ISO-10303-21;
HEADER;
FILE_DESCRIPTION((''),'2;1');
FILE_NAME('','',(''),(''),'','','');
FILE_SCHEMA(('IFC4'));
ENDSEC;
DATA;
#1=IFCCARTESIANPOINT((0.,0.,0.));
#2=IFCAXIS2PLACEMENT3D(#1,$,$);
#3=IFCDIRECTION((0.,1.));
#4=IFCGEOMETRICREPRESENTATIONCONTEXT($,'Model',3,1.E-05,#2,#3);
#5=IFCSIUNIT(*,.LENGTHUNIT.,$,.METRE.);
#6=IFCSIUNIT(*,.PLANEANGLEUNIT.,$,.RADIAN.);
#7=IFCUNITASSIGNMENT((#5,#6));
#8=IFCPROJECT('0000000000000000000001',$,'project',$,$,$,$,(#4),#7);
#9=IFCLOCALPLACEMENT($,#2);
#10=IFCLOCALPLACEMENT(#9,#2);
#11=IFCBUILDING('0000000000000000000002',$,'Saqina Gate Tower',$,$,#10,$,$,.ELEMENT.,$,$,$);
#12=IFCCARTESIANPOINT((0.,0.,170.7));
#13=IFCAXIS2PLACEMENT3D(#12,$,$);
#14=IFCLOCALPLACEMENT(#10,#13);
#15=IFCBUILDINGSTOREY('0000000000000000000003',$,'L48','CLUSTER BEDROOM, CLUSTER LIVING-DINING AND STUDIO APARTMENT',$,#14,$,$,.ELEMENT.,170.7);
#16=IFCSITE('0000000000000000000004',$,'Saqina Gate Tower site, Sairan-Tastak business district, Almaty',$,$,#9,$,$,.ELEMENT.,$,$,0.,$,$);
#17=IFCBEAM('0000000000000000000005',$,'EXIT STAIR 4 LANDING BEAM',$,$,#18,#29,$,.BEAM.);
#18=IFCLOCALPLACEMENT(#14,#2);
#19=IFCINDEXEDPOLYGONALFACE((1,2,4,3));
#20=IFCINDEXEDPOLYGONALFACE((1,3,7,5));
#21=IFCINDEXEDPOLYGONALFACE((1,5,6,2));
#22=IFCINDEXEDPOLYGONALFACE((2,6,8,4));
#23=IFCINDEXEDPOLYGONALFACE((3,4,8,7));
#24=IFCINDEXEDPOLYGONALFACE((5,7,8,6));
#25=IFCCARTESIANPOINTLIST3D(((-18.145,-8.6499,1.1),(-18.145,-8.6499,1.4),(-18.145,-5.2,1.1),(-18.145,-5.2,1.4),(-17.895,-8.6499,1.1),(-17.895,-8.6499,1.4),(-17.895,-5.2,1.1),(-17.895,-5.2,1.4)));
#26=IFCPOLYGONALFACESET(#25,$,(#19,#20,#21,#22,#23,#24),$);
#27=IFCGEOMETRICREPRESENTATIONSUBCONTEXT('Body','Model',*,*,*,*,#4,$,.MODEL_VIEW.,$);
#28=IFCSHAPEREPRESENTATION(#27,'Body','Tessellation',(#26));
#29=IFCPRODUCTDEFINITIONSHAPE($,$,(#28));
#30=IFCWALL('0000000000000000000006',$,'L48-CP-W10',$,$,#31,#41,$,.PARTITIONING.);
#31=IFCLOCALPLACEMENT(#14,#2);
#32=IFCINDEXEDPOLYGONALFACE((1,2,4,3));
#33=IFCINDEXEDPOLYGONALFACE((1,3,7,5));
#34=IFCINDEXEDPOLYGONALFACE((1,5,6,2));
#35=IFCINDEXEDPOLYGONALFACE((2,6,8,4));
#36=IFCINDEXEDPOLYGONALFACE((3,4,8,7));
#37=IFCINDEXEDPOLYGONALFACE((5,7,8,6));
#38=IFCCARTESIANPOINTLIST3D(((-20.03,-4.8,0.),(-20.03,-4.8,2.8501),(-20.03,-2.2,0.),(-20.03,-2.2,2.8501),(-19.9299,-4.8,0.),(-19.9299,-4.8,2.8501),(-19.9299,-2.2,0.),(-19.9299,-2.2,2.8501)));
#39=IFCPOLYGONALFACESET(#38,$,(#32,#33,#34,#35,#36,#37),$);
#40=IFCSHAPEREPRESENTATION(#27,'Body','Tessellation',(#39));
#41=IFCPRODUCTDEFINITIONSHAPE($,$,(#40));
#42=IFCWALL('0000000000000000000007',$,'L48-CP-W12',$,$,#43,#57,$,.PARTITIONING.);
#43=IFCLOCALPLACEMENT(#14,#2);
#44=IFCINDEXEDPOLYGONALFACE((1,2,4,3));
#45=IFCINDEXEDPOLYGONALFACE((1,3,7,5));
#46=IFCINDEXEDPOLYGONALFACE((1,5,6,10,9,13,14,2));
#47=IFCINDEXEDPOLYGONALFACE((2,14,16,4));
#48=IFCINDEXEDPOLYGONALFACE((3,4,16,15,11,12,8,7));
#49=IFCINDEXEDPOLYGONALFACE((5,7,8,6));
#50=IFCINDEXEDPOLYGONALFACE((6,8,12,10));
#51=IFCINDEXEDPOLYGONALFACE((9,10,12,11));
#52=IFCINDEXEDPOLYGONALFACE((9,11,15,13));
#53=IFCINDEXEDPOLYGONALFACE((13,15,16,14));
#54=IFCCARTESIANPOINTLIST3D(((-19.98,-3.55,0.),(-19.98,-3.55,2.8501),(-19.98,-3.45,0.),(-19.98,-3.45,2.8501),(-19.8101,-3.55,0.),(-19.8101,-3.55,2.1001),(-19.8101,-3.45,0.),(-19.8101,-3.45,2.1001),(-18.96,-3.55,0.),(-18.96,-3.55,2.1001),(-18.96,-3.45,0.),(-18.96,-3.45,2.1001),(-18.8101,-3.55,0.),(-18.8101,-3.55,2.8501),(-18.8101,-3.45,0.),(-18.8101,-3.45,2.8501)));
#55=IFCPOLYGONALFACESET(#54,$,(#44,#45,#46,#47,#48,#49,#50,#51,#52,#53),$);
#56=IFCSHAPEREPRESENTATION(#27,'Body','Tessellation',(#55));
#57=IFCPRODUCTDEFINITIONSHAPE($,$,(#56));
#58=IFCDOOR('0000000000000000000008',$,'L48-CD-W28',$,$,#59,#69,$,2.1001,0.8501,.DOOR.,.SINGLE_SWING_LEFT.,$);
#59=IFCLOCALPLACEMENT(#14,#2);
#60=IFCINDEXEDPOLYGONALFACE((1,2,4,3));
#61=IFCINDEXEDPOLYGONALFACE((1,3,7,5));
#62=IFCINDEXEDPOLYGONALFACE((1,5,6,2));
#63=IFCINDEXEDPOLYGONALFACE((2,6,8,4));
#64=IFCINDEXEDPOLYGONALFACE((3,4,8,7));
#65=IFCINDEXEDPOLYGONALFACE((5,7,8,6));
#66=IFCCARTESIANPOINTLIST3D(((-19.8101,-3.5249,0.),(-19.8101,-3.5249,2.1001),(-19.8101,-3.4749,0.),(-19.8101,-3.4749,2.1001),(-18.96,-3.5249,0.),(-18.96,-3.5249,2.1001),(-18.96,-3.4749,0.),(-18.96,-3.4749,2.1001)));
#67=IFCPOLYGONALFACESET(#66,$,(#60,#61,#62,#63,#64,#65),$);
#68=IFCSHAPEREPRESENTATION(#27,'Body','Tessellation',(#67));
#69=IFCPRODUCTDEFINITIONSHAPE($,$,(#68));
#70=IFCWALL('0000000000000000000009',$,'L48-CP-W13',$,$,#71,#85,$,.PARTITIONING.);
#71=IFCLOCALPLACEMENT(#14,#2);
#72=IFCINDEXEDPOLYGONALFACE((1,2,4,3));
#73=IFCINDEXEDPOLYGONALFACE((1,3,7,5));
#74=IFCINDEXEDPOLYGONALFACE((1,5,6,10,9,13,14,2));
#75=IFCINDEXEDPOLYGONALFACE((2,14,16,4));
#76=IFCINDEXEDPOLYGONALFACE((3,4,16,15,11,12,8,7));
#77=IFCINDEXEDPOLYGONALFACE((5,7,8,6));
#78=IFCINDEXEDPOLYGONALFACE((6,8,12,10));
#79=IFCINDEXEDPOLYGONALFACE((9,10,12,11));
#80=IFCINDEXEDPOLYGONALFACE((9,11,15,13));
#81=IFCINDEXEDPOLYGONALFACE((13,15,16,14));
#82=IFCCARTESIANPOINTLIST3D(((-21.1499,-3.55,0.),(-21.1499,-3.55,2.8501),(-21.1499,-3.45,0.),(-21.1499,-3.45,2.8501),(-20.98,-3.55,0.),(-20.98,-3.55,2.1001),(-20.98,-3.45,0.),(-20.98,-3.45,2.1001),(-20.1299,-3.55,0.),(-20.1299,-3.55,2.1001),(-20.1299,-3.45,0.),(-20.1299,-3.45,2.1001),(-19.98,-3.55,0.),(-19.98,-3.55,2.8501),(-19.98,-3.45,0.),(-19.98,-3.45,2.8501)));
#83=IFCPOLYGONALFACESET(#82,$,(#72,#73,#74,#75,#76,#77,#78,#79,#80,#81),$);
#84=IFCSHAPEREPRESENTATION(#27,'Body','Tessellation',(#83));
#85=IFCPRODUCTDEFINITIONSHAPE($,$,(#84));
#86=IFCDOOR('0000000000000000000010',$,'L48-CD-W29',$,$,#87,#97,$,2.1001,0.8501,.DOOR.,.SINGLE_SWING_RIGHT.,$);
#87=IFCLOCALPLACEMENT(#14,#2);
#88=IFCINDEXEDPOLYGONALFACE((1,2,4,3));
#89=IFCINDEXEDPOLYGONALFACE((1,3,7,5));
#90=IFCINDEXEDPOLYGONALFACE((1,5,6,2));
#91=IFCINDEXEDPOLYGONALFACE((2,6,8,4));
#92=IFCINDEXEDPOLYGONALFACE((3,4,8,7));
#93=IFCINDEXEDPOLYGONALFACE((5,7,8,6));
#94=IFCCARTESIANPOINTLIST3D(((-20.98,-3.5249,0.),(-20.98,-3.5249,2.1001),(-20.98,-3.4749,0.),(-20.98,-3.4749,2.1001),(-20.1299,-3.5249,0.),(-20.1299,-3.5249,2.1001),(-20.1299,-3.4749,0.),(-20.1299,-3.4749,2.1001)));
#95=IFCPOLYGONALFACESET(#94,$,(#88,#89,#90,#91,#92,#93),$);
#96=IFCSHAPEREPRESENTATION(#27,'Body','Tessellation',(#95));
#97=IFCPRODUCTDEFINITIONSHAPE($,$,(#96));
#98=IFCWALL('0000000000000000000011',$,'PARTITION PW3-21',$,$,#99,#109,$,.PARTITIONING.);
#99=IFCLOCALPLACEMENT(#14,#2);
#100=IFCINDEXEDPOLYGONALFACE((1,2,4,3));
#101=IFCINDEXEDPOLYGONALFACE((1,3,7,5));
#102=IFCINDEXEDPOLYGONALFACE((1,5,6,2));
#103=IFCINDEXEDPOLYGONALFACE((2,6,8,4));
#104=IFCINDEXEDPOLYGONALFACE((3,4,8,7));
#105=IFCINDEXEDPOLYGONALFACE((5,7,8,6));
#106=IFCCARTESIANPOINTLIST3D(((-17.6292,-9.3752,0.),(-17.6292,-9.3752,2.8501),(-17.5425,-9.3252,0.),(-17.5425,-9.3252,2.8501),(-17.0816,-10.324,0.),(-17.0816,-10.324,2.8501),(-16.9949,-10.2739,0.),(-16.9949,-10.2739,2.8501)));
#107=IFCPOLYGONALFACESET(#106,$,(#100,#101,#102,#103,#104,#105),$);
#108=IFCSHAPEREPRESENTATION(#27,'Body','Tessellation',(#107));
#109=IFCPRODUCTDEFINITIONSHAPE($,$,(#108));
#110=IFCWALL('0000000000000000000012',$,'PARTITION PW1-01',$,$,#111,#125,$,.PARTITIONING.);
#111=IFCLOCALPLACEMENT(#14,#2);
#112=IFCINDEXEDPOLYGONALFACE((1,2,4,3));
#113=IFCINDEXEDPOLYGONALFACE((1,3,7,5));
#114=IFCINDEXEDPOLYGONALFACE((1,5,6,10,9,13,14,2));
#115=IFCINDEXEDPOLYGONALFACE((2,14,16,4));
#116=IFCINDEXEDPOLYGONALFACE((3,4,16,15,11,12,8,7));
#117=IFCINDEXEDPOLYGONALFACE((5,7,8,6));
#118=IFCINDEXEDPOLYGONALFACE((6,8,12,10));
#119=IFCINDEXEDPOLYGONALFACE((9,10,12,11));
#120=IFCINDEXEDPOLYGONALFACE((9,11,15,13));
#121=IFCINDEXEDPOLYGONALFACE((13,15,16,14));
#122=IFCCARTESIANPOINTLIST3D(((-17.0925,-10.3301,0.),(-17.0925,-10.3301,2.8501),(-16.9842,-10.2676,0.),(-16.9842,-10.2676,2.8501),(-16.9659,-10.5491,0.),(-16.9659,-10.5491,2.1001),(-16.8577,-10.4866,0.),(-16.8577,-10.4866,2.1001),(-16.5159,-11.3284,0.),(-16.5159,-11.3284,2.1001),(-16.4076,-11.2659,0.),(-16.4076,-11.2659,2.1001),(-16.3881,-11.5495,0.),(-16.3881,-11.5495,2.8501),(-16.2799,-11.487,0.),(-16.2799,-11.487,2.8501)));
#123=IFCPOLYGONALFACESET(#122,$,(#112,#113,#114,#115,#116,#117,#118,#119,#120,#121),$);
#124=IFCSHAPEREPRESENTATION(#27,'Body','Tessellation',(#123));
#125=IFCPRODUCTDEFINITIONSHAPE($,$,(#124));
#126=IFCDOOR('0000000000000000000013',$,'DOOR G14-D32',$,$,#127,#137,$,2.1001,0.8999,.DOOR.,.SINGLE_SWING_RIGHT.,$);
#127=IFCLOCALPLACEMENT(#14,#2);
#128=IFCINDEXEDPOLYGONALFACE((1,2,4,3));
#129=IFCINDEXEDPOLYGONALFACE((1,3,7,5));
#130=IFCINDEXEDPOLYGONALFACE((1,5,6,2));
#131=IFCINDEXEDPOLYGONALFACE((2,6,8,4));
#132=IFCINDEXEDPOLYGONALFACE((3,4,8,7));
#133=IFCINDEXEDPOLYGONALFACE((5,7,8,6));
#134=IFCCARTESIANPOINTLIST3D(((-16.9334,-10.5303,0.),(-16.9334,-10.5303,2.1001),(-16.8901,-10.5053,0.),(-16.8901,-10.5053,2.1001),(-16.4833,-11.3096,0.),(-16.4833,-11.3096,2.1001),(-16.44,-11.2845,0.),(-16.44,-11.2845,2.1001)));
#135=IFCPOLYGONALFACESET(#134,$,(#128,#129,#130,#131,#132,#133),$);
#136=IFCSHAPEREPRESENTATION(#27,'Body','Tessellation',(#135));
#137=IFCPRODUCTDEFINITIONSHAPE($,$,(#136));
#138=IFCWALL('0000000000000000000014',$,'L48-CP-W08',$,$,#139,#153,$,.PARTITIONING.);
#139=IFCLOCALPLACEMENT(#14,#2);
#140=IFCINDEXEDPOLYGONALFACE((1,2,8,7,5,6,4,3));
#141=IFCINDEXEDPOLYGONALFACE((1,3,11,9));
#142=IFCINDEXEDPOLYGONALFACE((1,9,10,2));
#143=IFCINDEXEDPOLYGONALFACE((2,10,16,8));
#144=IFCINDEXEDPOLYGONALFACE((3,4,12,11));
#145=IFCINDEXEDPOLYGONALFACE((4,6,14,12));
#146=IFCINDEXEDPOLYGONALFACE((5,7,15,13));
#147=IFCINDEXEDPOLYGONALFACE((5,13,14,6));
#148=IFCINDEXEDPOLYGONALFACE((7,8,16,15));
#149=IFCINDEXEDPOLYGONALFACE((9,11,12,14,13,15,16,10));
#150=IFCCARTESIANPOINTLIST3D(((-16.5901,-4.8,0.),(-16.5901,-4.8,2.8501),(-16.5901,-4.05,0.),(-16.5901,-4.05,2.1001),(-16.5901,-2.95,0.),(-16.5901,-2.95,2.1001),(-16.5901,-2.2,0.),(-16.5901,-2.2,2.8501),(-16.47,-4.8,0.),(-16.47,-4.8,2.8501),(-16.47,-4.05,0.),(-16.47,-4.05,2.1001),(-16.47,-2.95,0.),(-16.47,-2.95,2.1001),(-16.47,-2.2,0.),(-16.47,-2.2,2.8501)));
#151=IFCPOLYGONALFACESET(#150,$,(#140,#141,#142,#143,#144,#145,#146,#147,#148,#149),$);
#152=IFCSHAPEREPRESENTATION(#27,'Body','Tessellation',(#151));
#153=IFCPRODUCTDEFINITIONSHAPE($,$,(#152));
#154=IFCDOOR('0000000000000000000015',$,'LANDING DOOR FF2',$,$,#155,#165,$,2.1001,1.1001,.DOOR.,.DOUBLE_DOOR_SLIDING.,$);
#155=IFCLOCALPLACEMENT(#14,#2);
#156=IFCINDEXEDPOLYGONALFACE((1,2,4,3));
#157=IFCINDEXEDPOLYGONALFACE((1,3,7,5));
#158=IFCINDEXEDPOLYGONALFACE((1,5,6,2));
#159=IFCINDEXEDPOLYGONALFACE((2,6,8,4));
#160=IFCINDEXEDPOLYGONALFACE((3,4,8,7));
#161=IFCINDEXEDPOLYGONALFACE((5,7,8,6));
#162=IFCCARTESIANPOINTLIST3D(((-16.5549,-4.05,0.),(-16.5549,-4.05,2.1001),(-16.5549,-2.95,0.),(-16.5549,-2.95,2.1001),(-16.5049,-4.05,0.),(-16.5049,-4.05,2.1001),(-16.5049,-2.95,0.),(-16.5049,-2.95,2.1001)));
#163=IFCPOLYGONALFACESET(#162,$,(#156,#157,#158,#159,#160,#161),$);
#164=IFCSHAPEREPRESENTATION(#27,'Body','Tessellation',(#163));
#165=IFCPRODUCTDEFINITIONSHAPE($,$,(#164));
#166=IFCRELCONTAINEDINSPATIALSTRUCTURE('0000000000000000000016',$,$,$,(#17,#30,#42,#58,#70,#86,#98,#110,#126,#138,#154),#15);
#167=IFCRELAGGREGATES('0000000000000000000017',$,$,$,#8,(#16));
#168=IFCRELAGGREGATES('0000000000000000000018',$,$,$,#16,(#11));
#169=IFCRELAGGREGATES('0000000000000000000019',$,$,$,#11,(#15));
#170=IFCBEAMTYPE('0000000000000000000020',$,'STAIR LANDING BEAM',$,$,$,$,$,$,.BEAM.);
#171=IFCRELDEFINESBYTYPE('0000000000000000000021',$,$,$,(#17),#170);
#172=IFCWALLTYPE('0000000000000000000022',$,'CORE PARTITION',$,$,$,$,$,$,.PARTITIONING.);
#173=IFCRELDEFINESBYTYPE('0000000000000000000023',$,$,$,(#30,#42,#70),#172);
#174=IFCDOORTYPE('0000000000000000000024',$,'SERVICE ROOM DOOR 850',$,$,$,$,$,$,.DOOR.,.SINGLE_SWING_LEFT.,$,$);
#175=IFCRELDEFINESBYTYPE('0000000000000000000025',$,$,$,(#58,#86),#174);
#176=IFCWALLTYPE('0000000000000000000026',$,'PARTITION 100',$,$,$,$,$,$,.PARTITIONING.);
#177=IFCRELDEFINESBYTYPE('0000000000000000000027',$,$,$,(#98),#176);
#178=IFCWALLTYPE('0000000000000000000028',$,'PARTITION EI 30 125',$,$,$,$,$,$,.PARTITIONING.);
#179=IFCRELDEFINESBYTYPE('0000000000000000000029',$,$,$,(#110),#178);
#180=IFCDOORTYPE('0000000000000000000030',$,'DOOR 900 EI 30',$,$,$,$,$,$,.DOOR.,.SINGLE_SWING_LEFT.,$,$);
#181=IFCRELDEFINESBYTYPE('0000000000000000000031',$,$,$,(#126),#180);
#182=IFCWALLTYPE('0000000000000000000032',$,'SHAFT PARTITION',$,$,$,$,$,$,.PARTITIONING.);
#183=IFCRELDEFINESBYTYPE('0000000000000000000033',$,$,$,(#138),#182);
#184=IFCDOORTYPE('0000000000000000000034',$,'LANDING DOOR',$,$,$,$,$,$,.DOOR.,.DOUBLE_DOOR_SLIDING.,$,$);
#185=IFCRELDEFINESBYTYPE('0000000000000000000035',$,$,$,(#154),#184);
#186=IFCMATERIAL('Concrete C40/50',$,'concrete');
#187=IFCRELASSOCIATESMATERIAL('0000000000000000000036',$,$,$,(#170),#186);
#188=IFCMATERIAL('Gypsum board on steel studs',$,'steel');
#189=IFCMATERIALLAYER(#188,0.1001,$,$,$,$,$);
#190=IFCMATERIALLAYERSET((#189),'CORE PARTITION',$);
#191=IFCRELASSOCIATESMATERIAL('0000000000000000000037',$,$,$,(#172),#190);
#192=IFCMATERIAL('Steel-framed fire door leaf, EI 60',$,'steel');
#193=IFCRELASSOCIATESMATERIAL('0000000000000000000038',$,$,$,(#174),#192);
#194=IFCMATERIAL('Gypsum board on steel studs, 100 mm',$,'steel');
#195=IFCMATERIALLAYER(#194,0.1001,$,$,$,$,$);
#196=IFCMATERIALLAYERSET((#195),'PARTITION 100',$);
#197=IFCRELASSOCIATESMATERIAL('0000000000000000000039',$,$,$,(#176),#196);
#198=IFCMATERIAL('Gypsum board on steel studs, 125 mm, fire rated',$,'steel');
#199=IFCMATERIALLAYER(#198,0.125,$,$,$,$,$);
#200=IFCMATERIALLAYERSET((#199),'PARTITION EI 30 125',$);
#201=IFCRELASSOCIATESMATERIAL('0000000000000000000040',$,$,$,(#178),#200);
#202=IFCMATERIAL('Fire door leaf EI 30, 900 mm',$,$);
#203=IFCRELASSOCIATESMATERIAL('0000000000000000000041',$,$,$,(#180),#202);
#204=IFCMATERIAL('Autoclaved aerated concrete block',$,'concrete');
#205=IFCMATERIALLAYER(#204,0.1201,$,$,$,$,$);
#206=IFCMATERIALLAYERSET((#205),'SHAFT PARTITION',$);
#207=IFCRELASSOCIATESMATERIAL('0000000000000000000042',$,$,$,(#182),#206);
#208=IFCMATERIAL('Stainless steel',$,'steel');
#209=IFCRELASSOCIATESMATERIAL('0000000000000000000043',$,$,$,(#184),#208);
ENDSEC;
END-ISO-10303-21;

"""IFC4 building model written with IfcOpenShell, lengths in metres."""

from ifc_helpers import new_model, si_unit, direction, frame, frame_2d, origin, origin_2d, place, context, subcontext, project, spatial, rectangle, extrude, material, layer, layer_set, material_profile, profile_set, type_object, element, fill, save


model = new_model("IFC4")

# Units and contexts
model_context = context("Model", 3, precision=1e-05, world=origin(), true_north=direction((0.0, 1.0)))
body_context = subcontext(model_context, "Body", "Model", "MODEL_VIEW")
ifc_project = project(units=[si_unit("LENGTHUNIT", "METRE"), si_unit("PLANEANGLEUNIT", "RADIAN")], contexts=[model_context])

# Site, building, storey
site_placement = place(None, origin())
site = spatial("IfcSite", under=ifc_project, at=site_placement, Name="Saqina Gate Tower site, Sairan-Tastak business district, Almaty", CompositionType="ELEMENT", RefElevation=0.0)
building_placement = place(site_placement, origin())
building = spatial("IfcBuilding", under=site, at=building_placement, Name="Saqina Gate Tower", CompositionType="ELEMENT")
storey_placement = place(building_placement, frame((0.0, 0.0, 170.7)))
storey = spatial("IfcBuildingStorey", under=building, at=storey_placement, Name="L48", Description="CLUSTER BEDROOM, CLUSTER LIVING-DINING AND STUDIO APARTMENT", CompositionType="ELEMENT", Elevation=170.7)

# Beam
ifc_material_1 = material(Name="Concrete C40/50", Category="concrete")
ifc_material_profile = material_profile(ifc_material_1, rectangle(XDim=0.25, YDim=0.3, at=origin_2d()), Name="STAIR LANDING BEAM")
ifc_profile_set = profile_set([ifc_material_profile], Name="Concrete C40/50")
beam_type = type_object("IfcBeamType", Name="STAIR LANDING BEAM", PredefinedType="BEAM", material=ifc_profile_set)
beam_placement = place(storey_placement, frame((-18.02, -8.6499, 1.25), z_axis=(0.0, 1.0, 0.0), x_axis=(-1.0, 0.0, 0.0)))
element("IfcBeam", 1, at=beam_placement, inside=storey, type_object=beam_type, Name="EXIT STAIR 4 LANDING BEAM", PredefinedType="BEAM", context=body_context, shape_type="SweptSolid", body=[
    extrude(rectangle(XDim=0.25, YDim=0.3, at=origin_2d()), origin(), (0.0, 0.0, 1.0), 3.45),
])

# Wall
ifc_material_2 = material(Name="Gypsum board on steel studs", Category="steel")
ifc_layer_1 = layer(ifc_material_2, 0.1001)
ifc_layer_set_1 = layer_set([ifc_layer_1], Name="CORE PARTITION")
wall_type_1 = type_object("IfcWallType", Name="CORE PARTITION", PredefinedType="PARTITIONING", material=ifc_layer_set_1)
wall_1_placement = place(storey_placement, frame((-19.98, -4.8, 0.0), z_axis=(0.0, 0.0, 1.0), x_axis=(0.0, 1.0, 0.0)))
element("IfcWall", 2, at=wall_1_placement, inside=storey, type_object=wall_type_1, Name="L48-CP-W10", PredefinedType="PARTITIONING", context=body_context, shape_type="SweptSolid", body=[
    extrude(rectangle(XDim=2.6001, YDim=0.1001, at=frame_2d((1.3, 0.0))), origin(), (0.0, 0.0, 1.0), 2.8501),
])

# Walls, openings, doors
wall_2_placement = place(storey_placement, frame((-18.8101, -3.5, 0.0), z_axis=(0.0, 0.0, 1.0), x_axis=(-1.0, 0.0, 0.0)))
wall_2 = element("IfcWall", 3, at=wall_2_placement, inside=storey, type_object=wall_type_1, Name="L48-CP-W12", PredefinedType="PARTITIONING", context=body_context, shape_type="SweptSolid", body=[
    extrude(rectangle(XDim=1.1699, YDim=0.1001, at=frame_2d((0.585, 0.0))), origin(), (0.0, 0.0, 1.0), 2.8501),
])
opening_1_placement = place(wall_2_placement, frame((0.1499, 0.0, 0.0)))
opening_1 = element("IfcOpeningElement", 4, at=opening_1_placement, cuts=wall_2, PredefinedType="OPENING", context=body_context, shape_type="SweptSolid", body=[
    extrude(rectangle(XDim=0.8501, YDim=2.1001, at=frame_2d((0.425, 1.05))), frame((0.0, 0.062, 0.0), z_axis=(0.0, -1.0, 0.0), x_axis=(1.0, 0.0, 0.0)), (0.0, 0.0, 1.0), 0.124),
])
ifc_material_3 = material(Name="Steel-framed fire door leaf, EI 60", Category="steel")
door_type_1 = type_object("IfcDoorType", Name="SERVICE ROOM DOOR 850", OperationType="SINGLE_SWING_LEFT", PredefinedType="DOOR", material=ifc_material_3)
door_1_placement = place(opening_1_placement, origin())
door_1 = element("IfcDoor", 5, at=door_1_placement, inside=storey, type_object=door_type_1, Name="L48-CD-W28", OperationType="SINGLE_SWING_LEFT", OverallHeight=2.1001, OverallWidth=0.8501, PredefinedType="DOOR", context=body_context, shape_type="SweptSolid", body=[
    extrude(rectangle(XDim=0.8501, YDim=2.1001, at=frame_2d((0.425, 1.05))), frame((0.0, 0.0249, 0.0), z_axis=(0.0, -1.0, 0.0), x_axis=(1.0, 0.0, 0.0)), (0.0, 0.0, 1.0), 0.05),
])
fill(opening_1, door_1)
wall_3_placement = place(storey_placement, frame((-19.98, -3.5, 0.0), z_axis=(0.0, 0.0, 1.0), x_axis=(-1.0, 0.0, 0.0)))
wall_3 = element("IfcWall", 6, at=wall_3_placement, inside=storey, type_object=wall_type_1, Name="L48-CP-W13", PredefinedType="PARTITIONING", context=body_context, shape_type="SweptSolid", body=[
    extrude(rectangle(XDim=1.1699, YDim=0.1001, at=frame_2d((0.585, 0.0))), origin(), (0.0, 0.0, 1.0), 2.8501),
])
opening_2_placement = place(wall_3_placement, frame((0.1499, 0.0, 0.0)))
opening_2 = element("IfcOpeningElement", 7, at=opening_2_placement, cuts=wall_3, PredefinedType="OPENING", context=body_context, shape_type="SweptSolid", body=[
    extrude(rectangle(XDim=0.8501, YDim=2.1001, at=frame_2d((0.425, 1.05))), frame((0.0, 0.062, 0.0), z_axis=(0.0, -1.0, 0.0), x_axis=(1.0, 0.0, 0.0)), (0.0, 0.0, 1.0), 0.124),
])
door_2_placement = place(opening_2_placement, origin())
door_2 = element("IfcDoor", 8, at=door_2_placement, inside=storey, type_object=door_type_1, Name="L48-CD-W29", OperationType="SINGLE_SWING_RIGHT", OverallHeight=2.1001, OverallWidth=0.8501, PredefinedType="DOOR", context=body_context, shape_type="SweptSolid", body=[
    extrude(rectangle(XDim=0.8501, YDim=2.1001, at=frame_2d((0.425, 1.05))), frame((0.0, 0.0249, 0.0), z_axis=(0.0, -1.0, 0.0), x_axis=(1.0, 0.0, 0.0)), (0.0, 0.0, 1.0), 0.05),
])
fill(opening_2, door_2)

# Wall
ifc_material_4 = material(Name="Gypsum board on steel studs, 100 mm", Category="steel")
ifc_layer_2 = layer(ifc_material_4, 0.1001)
ifc_layer_set_2 = layer_set([ifc_layer_2], Name="PARTITION 100")
wall_type_2 = type_object("IfcWallType", Name="PARTITION 100", PredefinedType="PARTITIONING", material=ifc_layer_set_2)
wall_4_placement = place(storey_placement, frame((-17.5859, -9.3501, 0.0), z_axis=(0.0, 0.0, 1.0), x_axis=(0.499903, -0.866082, 0.0)))
element("IfcWall", 9, at=wall_4_placement, inside=storey, type_object=wall_type_2, Name="PARTITION PW3-21", PredefinedType="PARTITIONING", context=body_context, shape_type="SweptSolid", body=[
    extrude(rectangle(XDim=1.0955, YDim=0.1001, at=frame_2d((0.5479, 0.0))), origin(), (0.0, 0.0, 1.0), 2.8501),
])

# Walls, openings, doors
ifc_material_5 = material(Name="Gypsum board on steel studs, 125 mm, fire rated", Category="steel")
ifc_layer_3 = layer(ifc_material_5, 0.125)
ifc_layer_set_3 = layer_set([ifc_layer_3], Name="PARTITION EI 30 125")
wall_type_3 = type_object("IfcWallType", Name="PARTITION EI 30 125", PredefinedType="PARTITIONING", material=ifc_layer_set_3)
wall_5_placement = place(storey_placement, frame((-17.0383, -10.2988, 0.0), z_axis=(0.0, 0.0, 1.0), x_axis=(0.500148, -0.86594, 0.0)))
wall_5 = element("IfcWall", 10, at=wall_5_placement, inside=storey, type_object=wall_type_3, Name="PARTITION PW1-01", PredefinedType="PARTITIONING", context=body_context, shape_type="SweptSolid", body=[
    extrude(rectangle(XDim=1.4082, YDim=0.125, at=frame_2d((0.7041, 0.0))), origin(), (0.0, 0.0, 1.0), 2.8501),
])
opening_3_placement = place(wall_5_placement, frame((0.2529, 0.0, 0.0)))
opening_3 = element("IfcOpeningElement", 11, at=opening_3_placement, cuts=wall_5, PredefinedType="OPENING", context=body_context, shape_type="SweptSolid", body=[
    extrude(rectangle(XDim=0.8999, YDim=2.1001, at=frame_2d((0.45, 1.05))), frame((0.0, 0.0745, 0.0), z_axis=(0.0, -1.0, 0.0), x_axis=(1.0, 0.0, 0.0)), (0.0, 0.0, 1.0), 0.1489),
])
ifc_material_6 = material(Name="Fire door leaf EI 30, 900 mm")
door_type_2 = type_object("IfcDoorType", Name="DOOR 900 EI 30", OperationType="SINGLE_SWING_LEFT", PredefinedType="DOOR", material=ifc_material_6)
door_3_placement = place(opening_3_placement, frame((0.8999, 0.0, 0.0), z_axis=(0.0, 0.0, 1.0), x_axis=(-1.0, 0.0, 0.0)))
door_3 = element("IfcDoor", 12, at=door_3_placement, inside=storey, type_object=door_type_2, Name="DOOR G14-D32", OperationType="SINGLE_SWING_RIGHT", OverallHeight=2.1001, OverallWidth=0.8999, PredefinedType="DOOR", context=body_context, shape_type="SweptSolid", body=[
    extrude(rectangle(XDim=0.8999, YDim=2.1001, at=frame_2d((0.45, 1.05))), frame((0.0, 0.0249, 0.0), z_axis=(0.0, -1.0, 0.0), x_axis=(1.0, 0.0, 0.0)), (0.0, 0.0, 1.0), 0.05),
])
fill(opening_3, door_3)
ifc_material_7 = material(Name="Autoclaved aerated concrete block", Category="concrete")
ifc_layer_4 = layer(ifc_material_7, 0.1201)
ifc_layer_set_4 = layer_set([ifc_layer_4], Name="SHAFT PARTITION")
wall_type_4 = type_object("IfcWallType", Name="SHAFT PARTITION", PredefinedType="PARTITIONING", material=ifc_layer_set_4)
wall_6_placement = place(storey_placement, frame((-16.53, -4.8, 0.0), z_axis=(0.0, 0.0, 1.0), x_axis=(0.0, 1.0, 0.0)))
wall_6 = element("IfcWall", 13, at=wall_6_placement, inside=storey, type_object=wall_type_4, Name="L48-CP-W08", PredefinedType="PARTITIONING", context=body_context, shape_type="SweptSolid", body=[
    extrude(rectangle(XDim=2.6001, YDim=0.1201, at=frame_2d((1.3, 0.0))), origin(), (0.0, 0.0, 1.0), 2.8501),
])
opening_4_placement = place(wall_6_placement, frame((0.75, 0.0, 0.0)))
opening_4 = element("IfcOpeningElement", 14, at=opening_4_placement, cuts=wall_6, PredefinedType="OPENING", context=body_context, shape_type="SweptSolid", body=[
    extrude(rectangle(XDim=1.1001, YDim=2.1001, at=frame_2d((0.55, 1.05))), frame((0.0, 0.072, 0.0), z_axis=(0.0, -1.0, 0.0), x_axis=(1.0, 0.0, 0.0)), (0.0, 0.0, 1.0), 0.144),
])
ifc_material_8 = material(Name="Stainless steel", Category="steel")
door_type_3 = type_object("IfcDoorType", Name="LANDING DOOR", OperationType="DOUBLE_DOOR_SLIDING", PredefinedType="DOOR", material=ifc_material_8)
door_4_placement = place(opening_4_placement, origin())
door_4 = element("IfcDoor", 15, at=door_4_placement, inside=storey, type_object=door_type_3, Name="LANDING DOOR FF2", OperationType="DOUBLE_DOOR_SLIDING", OverallHeight=2.1001, OverallWidth=1.1001, PredefinedType="DOOR", context=body_context, shape_type="SweptSolid", body=[
    extrude(rectangle(XDim=1.1001, YDim=2.1001, at=frame_2d((0.55, 1.05))), frame((0.0, 0.0249, 0.0), z_axis=(0.0, -1.0, 0.0), x_axis=(1.0, 0.0, 0.0)), (0.0, 0.0, 1.0), 0.05),
])
fill(opening_4, door_4)

save(model, "model.ifc")
